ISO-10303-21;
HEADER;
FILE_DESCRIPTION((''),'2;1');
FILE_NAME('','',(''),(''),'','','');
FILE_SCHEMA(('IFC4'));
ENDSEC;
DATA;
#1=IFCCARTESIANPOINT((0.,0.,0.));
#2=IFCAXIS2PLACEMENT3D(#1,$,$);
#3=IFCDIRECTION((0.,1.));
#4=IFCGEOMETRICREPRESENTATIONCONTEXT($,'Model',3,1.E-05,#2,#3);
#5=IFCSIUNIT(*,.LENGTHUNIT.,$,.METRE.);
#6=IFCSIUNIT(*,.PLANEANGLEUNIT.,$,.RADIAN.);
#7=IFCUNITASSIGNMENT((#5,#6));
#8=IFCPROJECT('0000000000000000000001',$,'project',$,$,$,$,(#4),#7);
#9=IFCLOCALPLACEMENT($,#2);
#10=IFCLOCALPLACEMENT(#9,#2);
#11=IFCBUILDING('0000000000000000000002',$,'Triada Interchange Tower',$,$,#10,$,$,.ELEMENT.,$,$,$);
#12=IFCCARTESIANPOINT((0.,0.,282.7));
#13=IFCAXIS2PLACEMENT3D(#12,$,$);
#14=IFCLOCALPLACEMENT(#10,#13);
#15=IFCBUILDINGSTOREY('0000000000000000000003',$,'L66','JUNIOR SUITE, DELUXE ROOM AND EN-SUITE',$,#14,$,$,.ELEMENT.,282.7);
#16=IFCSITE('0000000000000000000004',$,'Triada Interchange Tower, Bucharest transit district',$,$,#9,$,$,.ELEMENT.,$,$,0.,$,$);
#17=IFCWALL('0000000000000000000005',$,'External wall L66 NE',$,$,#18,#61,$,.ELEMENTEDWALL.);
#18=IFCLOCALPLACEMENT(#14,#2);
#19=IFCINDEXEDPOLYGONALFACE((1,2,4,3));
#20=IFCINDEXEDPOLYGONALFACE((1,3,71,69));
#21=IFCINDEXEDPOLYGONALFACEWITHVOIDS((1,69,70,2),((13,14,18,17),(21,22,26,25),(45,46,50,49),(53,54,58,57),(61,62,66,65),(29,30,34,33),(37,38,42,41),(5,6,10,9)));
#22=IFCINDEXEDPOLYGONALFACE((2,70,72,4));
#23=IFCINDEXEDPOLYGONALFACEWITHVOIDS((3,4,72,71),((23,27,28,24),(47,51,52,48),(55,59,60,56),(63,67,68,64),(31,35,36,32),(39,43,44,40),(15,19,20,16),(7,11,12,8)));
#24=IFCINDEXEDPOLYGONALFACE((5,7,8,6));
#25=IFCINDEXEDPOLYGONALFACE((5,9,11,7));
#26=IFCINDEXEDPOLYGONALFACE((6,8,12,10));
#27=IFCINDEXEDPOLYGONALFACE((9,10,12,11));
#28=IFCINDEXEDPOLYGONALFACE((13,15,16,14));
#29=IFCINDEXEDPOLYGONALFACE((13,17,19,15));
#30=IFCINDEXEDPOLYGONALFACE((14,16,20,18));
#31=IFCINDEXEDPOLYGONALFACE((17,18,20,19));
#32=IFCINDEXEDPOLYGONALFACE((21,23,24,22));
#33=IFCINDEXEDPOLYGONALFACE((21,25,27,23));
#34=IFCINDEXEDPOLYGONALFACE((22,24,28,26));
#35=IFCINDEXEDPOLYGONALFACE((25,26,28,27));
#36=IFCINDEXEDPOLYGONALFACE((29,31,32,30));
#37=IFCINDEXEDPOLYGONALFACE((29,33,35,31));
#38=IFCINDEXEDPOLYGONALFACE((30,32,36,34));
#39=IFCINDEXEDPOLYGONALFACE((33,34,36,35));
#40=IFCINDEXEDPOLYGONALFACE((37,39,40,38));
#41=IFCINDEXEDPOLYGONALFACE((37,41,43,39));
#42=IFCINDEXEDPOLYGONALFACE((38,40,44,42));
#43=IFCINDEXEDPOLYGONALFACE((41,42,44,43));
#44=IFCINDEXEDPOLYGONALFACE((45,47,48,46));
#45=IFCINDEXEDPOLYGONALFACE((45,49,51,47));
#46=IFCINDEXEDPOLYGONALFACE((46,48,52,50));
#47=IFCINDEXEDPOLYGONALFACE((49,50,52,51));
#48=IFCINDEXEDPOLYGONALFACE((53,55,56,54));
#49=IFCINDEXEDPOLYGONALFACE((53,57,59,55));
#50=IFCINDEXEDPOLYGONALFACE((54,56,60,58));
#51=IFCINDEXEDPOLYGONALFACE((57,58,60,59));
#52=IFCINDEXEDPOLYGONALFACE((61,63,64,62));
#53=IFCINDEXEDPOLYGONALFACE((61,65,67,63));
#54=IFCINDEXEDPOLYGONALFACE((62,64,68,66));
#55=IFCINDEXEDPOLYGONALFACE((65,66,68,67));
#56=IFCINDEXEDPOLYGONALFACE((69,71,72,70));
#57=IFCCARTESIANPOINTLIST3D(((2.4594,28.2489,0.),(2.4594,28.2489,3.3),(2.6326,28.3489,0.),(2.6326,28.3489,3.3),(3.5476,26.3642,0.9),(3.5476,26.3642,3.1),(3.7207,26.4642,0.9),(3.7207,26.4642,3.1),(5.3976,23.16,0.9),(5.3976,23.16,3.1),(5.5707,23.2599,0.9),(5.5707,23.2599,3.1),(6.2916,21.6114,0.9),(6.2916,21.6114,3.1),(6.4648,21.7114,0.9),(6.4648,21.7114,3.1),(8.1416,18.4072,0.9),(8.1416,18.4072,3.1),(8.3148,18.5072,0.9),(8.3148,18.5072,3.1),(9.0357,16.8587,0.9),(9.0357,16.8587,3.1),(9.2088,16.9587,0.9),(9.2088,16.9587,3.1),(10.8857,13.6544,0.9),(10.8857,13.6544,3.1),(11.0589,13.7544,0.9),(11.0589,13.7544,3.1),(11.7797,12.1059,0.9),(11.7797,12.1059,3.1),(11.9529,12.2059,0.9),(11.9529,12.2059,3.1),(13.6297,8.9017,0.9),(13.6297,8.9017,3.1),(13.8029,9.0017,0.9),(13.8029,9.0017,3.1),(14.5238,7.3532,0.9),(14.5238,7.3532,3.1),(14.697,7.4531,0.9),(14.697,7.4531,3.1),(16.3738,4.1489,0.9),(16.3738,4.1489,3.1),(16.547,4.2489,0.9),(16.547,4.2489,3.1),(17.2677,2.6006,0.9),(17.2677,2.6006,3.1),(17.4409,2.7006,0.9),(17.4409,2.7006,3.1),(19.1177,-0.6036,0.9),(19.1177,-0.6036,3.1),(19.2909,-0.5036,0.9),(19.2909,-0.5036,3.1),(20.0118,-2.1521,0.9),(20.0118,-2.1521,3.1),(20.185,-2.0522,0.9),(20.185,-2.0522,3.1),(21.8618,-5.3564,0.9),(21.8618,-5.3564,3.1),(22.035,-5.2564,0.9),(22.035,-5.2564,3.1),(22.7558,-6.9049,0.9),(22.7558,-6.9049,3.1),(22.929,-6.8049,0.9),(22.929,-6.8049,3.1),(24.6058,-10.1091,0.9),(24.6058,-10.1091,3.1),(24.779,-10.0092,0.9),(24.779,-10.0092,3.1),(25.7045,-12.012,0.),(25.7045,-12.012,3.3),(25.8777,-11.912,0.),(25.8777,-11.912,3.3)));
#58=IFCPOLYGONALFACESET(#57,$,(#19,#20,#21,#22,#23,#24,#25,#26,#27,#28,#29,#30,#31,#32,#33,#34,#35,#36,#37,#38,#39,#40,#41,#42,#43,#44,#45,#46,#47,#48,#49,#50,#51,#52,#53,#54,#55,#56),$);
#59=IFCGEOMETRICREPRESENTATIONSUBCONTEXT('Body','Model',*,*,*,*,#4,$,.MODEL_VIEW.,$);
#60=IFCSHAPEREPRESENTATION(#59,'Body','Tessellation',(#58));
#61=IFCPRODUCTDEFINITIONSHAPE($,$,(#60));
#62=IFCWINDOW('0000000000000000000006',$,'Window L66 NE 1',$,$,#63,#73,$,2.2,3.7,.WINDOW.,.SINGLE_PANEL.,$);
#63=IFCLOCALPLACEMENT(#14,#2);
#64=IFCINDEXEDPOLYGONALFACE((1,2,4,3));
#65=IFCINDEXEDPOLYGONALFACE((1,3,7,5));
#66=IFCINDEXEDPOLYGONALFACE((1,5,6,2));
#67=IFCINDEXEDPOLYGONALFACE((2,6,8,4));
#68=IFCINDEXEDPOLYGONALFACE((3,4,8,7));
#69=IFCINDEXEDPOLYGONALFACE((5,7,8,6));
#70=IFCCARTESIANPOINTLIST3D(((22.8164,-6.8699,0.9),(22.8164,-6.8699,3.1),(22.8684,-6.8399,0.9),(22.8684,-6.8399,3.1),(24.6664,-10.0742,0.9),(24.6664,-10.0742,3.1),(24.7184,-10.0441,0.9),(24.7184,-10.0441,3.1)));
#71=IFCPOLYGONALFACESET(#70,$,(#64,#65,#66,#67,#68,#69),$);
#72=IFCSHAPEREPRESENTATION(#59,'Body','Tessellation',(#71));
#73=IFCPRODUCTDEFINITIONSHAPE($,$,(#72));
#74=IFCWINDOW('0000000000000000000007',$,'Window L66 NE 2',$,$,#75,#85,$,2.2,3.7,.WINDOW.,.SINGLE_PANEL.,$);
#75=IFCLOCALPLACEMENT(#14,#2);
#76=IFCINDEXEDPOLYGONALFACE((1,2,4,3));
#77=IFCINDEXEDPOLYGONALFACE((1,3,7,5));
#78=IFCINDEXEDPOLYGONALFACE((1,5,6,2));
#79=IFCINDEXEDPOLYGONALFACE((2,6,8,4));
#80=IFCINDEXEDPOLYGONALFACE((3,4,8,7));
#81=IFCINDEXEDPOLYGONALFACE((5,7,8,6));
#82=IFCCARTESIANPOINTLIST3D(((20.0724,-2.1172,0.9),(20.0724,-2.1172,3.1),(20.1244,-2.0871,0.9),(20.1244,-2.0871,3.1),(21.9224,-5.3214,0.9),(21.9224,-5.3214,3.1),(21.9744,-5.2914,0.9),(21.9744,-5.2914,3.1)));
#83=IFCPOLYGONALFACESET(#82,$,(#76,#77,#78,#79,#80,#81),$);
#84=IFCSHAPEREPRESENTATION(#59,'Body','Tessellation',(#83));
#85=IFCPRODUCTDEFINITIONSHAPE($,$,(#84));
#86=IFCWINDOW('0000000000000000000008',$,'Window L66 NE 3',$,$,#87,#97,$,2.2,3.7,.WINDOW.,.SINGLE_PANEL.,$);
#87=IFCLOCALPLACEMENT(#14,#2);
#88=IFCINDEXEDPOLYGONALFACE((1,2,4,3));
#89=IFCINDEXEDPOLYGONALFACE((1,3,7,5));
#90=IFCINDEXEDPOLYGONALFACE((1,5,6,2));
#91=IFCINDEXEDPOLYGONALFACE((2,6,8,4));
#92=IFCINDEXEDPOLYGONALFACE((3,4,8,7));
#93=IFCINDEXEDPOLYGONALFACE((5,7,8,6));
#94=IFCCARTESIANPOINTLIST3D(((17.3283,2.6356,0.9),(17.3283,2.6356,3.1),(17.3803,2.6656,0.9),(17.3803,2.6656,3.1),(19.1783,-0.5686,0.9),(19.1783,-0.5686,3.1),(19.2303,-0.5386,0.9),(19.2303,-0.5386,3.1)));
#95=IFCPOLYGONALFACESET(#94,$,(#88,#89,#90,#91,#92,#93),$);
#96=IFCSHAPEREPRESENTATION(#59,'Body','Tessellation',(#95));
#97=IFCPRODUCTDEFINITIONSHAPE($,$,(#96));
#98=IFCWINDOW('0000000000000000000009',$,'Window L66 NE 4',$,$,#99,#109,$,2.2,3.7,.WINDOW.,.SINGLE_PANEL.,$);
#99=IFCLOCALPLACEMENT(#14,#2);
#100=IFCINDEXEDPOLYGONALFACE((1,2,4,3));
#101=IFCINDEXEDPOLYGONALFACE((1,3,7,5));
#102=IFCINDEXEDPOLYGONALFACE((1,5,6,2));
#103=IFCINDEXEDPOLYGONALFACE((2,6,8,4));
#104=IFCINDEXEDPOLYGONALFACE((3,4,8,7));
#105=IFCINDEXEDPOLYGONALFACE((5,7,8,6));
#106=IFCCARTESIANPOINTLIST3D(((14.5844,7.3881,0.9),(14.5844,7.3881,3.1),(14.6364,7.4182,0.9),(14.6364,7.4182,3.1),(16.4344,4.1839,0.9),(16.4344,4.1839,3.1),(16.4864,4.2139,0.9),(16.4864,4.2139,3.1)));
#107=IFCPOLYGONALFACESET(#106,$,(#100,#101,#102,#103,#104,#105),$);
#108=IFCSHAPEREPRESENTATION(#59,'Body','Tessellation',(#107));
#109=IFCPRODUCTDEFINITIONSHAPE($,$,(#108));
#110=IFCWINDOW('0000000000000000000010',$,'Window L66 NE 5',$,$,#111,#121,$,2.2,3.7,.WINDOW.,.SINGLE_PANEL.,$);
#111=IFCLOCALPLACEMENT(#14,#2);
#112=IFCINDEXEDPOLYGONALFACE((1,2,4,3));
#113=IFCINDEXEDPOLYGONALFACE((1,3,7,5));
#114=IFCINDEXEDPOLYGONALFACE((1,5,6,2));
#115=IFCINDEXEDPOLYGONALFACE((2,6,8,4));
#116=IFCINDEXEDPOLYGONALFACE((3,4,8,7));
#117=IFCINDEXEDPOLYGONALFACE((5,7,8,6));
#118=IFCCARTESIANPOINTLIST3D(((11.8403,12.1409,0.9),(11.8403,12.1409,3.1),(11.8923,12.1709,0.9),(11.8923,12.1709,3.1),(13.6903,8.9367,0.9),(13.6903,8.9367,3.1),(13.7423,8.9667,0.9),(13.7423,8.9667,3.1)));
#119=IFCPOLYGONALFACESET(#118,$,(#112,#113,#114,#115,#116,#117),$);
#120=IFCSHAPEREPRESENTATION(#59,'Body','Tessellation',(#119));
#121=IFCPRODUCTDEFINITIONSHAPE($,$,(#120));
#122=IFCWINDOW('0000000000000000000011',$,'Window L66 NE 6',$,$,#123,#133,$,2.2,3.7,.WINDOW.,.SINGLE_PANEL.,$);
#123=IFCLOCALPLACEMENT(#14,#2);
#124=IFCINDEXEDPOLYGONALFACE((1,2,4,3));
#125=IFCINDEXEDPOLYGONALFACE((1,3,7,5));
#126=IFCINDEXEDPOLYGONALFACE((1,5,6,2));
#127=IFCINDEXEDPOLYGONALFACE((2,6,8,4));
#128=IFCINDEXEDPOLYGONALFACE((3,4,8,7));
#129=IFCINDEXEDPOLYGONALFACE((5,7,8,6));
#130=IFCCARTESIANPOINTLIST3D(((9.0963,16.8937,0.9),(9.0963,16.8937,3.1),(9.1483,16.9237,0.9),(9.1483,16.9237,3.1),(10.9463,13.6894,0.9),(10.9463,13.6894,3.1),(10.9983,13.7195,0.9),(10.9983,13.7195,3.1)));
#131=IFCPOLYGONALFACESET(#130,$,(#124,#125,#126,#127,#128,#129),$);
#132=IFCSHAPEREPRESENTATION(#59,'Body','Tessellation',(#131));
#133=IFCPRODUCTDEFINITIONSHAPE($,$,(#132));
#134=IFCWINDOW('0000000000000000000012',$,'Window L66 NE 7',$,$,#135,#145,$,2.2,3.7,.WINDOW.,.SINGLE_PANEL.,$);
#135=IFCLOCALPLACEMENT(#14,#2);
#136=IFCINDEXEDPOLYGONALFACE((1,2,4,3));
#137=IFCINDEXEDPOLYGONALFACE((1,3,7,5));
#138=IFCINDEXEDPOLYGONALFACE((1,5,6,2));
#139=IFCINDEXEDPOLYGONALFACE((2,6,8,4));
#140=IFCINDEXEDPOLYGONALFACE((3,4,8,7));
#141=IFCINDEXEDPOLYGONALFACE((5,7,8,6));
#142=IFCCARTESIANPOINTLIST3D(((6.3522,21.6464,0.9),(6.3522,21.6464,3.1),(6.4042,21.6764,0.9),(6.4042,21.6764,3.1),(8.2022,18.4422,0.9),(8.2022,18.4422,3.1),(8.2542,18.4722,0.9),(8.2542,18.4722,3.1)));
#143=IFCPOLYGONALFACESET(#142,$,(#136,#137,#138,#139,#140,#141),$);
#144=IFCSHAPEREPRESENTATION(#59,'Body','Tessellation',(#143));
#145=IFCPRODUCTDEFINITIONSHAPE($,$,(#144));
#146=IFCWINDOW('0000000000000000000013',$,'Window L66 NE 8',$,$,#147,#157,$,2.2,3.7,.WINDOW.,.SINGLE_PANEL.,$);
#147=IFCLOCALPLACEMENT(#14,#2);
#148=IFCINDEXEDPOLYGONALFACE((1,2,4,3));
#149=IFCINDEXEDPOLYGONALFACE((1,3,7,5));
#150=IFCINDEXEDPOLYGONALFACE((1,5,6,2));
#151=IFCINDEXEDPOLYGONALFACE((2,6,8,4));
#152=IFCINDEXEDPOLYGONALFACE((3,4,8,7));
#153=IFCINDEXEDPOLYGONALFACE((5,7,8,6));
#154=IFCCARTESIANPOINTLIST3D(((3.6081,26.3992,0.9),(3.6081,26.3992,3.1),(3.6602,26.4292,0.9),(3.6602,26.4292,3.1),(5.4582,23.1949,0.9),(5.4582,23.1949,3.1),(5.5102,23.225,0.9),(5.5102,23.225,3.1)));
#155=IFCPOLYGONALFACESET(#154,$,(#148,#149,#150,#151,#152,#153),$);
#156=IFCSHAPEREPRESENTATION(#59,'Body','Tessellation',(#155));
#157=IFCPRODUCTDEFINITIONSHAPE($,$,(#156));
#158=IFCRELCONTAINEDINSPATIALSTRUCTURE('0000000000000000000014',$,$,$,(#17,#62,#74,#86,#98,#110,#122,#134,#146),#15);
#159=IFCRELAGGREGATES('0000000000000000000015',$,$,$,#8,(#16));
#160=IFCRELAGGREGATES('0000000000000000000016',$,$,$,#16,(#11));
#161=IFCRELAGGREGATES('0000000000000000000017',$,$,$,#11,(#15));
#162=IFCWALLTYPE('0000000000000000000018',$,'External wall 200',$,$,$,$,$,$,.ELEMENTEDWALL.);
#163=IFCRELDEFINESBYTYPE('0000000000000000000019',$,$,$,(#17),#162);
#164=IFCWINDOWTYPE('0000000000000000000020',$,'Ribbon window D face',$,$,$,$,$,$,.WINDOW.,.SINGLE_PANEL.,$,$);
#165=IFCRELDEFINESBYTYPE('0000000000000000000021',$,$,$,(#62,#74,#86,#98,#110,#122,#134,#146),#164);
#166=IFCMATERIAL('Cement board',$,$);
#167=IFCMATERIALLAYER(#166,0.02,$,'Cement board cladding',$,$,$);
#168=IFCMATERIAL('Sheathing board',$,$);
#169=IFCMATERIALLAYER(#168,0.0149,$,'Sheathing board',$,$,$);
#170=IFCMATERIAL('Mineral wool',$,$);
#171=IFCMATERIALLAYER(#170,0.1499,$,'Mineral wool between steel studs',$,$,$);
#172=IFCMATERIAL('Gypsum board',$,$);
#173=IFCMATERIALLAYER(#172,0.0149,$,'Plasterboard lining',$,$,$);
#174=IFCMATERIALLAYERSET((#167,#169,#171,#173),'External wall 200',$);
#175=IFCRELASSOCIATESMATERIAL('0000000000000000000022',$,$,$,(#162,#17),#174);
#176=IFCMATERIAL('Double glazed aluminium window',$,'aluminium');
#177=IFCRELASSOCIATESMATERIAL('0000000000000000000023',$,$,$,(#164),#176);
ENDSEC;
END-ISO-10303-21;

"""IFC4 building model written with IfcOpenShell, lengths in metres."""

from ifc_helpers import new_model, si_unit, direction, frame, frame_2d, origin, place, context, subcontext, project, spatial, rectangle, extrude, material, layer, layer_set, layer_usage, type_object, element, fill, save


model = new_model("IFC4")

# Units and contexts
model_context = context("Model", 3, precision=1e-05, world=origin(), true_north=direction((0.0, 1.0)))
body_context = subcontext(model_context, "Body", "Model", "MODEL_VIEW")
ifc_project = project(units=[si_unit("LENGTHUNIT", "METRE"), si_unit("PLANEANGLEUNIT", "RADIAN")], contexts=[model_context])

# Site, building, storey
site_placement = place(None, origin())
site = spatial("IfcSite", under=ifc_project, at=site_placement, Name="Triada Interchange Tower, Bucharest transit district", CompositionType="ELEMENT", RefElevation=0.0)
building_placement = place(site_placement, origin())
building = spatial("IfcBuilding", under=site, at=building_placement, Name="Triada Interchange Tower", CompositionType="ELEMENT")
storey_placement = place(building_placement, frame((0.0, 0.0, 282.7)))
storey = spatial("IfcBuildingStorey", under=building, at=storey_placement, Name="L66", Description="JUNIOR SUITE, DELUXE ROOM AND EN-SUITE", CompositionType="ELEMENT", Elevation=282.7)

# Shared definitions
ifc_material_1 = material(Name="Cement board")
ifc_layer_1 = layer(ifc_material_1, 0.02, Name="Cement board cladding")
ifc_material_2 = material(Name="Sheathing board")
ifc_layer_2 = layer(ifc_material_2, 0.0149, Name="Sheathing board")
ifc_material_3 = material(Name="Mineral wool")
ifc_layer_3 = layer(ifc_material_3, 0.1499, Name="Mineral wool between steel studs")
ifc_material_4 = material(Name="Gypsum board")
ifc_layer_4 = layer(ifc_material_4, 0.0149, Name="Plasterboard lining")
ifc_layer_set_1 = layer_set([ifc_layer_1, ifc_layer_2, ifc_layer_3, ifc_layer_4], Name="External wall 200")
ifc_layer_usage = layer_usage(ifc_layer_set_1, "AXIS2", "POSITIVE", -0.1001)
wall_type_1 = type_object("IfcWallType", Name="External wall 200", PredefinedType="ELEMENTEDWALL", material=ifc_layer_set_1)
ifc_material_5 = material(Name="Double glazed aluminium window", Category="aluminium")

# Wall, openings, windows
wall_1_placement = place(storey_placement, frame((25.791, -11.9619, 0.0), z_axis=(0.0, 0.0, 1.0), x_axis=(-0.500007, 0.866021, 0.0)))
wall_1 = element("IfcWall", 1, at=wall_1_placement, inside=storey, type_object=wall_type_1, material=ifc_layer_usage, Name="External wall L66 NE", PredefinedType="ELEMENTEDWALL", context=body_context, shape_type="SweptSolid", body=[
    extrude(rectangle(XDim=46.4895, YDim=0.2, at=frame_2d((23.2446, 0.0))), origin(), (0.0, 0.0, 1.0), 3.3),
])
opening_1_placement = place(wall_1_placement, frame((2.197, 0.0, 0.8999)))
opening_1 = element("IfcOpeningElement", 2, at=opening_1_placement, cuts=wall_1, PredefinedType="OPENING", context=body_context, shape_type="SweptSolid", body=[
    extrude(rectangle(XDim=3.7, YDim=2.2, at=frame_2d((1.8501, 1.1001))), frame((0.0, 0.1099, 0.0), z_axis=(0.0, -1.0, 0.0), x_axis=(1.0, 0.0, 0.0)), (0.0, 0.0, 1.0), 0.22),
])
opening_2_placement = place(wall_1_placement, frame((7.6851, 0.0, 0.8999)))
opening_2 = element("IfcOpeningElement", 3, at=opening_2_placement, cuts=wall_1, PredefinedType="OPENING", context=body_context, shape_type="SweptSolid", body=[
    extrude(rectangle(XDim=3.7, YDim=2.2, at=frame_2d((1.8501, 1.1001))), frame((0.0, 0.1099, 0.0), z_axis=(0.0, -1.0, 0.0), x_axis=(1.0, 0.0, 0.0)), (0.0, 0.0, 1.0), 0.22),
])
opening_3_placement = place(wall_1_placement, frame((13.1731, 0.0, 0.8999)))
opening_3 = element("IfcOpeningElement", 4, at=opening_3_placement, cuts=wall_1, PredefinedType="OPENING", context=body_context, shape_type="SweptSolid", body=[
    extrude(rectangle(XDim=3.7, YDim=2.2, at=frame_2d((1.8501, 1.1001))), frame((0.0, 0.1099, 0.0), z_axis=(0.0, -1.0, 0.0), x_axis=(1.0, 0.0, 0.0)), (0.0, 0.0, 1.0), 0.22),
])
opening_4_placement = place(wall_1_placement, frame((18.6609, 0.0, 0.8999)))
opening_4 = element("IfcOpeningElement", 5, at=opening_4_placement, cuts=wall_1, PredefinedType="OPENING", context=body_context, shape_type="SweptSolid", body=[
    extrude(rectangle(XDim=3.7, YDim=2.2, at=frame_2d((1.8501, 1.1001))), frame((0.0, 0.1099, 0.0), z_axis=(0.0, -1.0, 0.0), x_axis=(1.0, 0.0, 0.0)), (0.0, 0.0, 1.0), 0.22),
])
opening_5_placement = place(wall_1_placement, frame((24.1489, 0.0, 0.8999)))
opening_5 = element("IfcOpeningElement", 6, at=opening_5_placement, cuts=wall_1, PredefinedType="OPENING", context=body_context, shape_type="SweptSolid", body=[
    extrude(rectangle(XDim=3.7, YDim=2.2, at=frame_2d((1.8501, 1.1001))), frame((0.0, 0.1099, 0.0), z_axis=(0.0, -1.0, 0.0), x_axis=(1.0, 0.0, 0.0)), (0.0, 0.0, 1.0), 0.22),
])
opening_6_placement = place(wall_1_placement, frame((29.637, 0.0, 0.8999)))
opening_6 = element("IfcOpeningElement", 7, at=opening_6_placement, cuts=wall_1, PredefinedType="OPENING", context=body_context, shape_type="SweptSolid", body=[
    extrude(rectangle(XDim=3.7, YDim=2.2, at=frame_2d((1.8501, 1.1001))), frame((0.0, 0.1099, 0.0), z_axis=(0.0, -1.0, 0.0), x_axis=(1.0, 0.0, 0.0)), (0.0, 0.0, 1.0), 0.22),
])
opening_7_placement = place(wall_1_placement, frame((35.125, 0.0, 0.8999)))
opening_7 = element("IfcOpeningElement", 8, at=opening_7_placement, cuts=wall_1, PredefinedType="OPENING", context=body_context, shape_type="SweptSolid", body=[
    extrude(rectangle(XDim=3.7, YDim=2.2, at=frame_2d((1.8501, 1.1001))), frame((0.0, 0.1099, 0.0), z_axis=(0.0, -1.0, 0.0), x_axis=(1.0, 0.0, 0.0)), (0.0, 0.0, 1.0), 0.22),
])
opening_8_placement = place(wall_1_placement, frame((40.613, 0.0, 0.8999)))
opening_8 = element("IfcOpeningElement", 9, at=opening_8_placement, cuts=wall_1, PredefinedType="OPENING", context=body_context, shape_type="SweptSolid", body=[
    extrude(rectangle(XDim=3.7, YDim=2.2, at=frame_2d((1.8501, 1.1001))), frame((0.0, 0.1099, 0.0), z_axis=(0.0, -1.0, 0.0), x_axis=(1.0, 0.0, 0.0)), (0.0, 0.0, 1.0), 0.22),
])
window_type_1 = type_object("IfcWindowType", Name="Ribbon window D face", PartitioningType="SINGLE_PANEL", PredefinedType="WINDOW", material=ifc_material_5)
window_1_placement = place(opening_1_placement, origin())
window_1 = element("IfcWindow", 10, at=window_1_placement, inside=storey, type_object=window_type_1, Name="Window L66 NE 1", OverallHeight=2.2, OverallWidth=3.7, PartitioningType="SINGLE_PANEL", PredefinedType="WINDOW", context=body_context, shape_type="SweptSolid", body=[
    extrude(rectangle(XDim=3.7, YDim=2.2, at=frame_2d((1.8501, 1.1001))), frame((0.0, 0.03, 0.0), z_axis=(0.0, -1.0, 0.0), x_axis=(1.0, 0.0, 0.0)), (0.0, 0.0, 1.0), 0.0601),
])
fill(opening_1, window_1)
window_2_placement = place(opening_2_placement, origin())
window_2 = element("IfcWindow", 11, at=window_2_placement, inside=storey, type_object=window_type_1, Name="Window L66 NE 2", OverallHeight=2.2, OverallWidth=3.7, PartitioningType="SINGLE_PANEL", PredefinedType="WINDOW", context=body_context, shape_type="SweptSolid", body=[
    extrude(rectangle(XDim=3.7, YDim=2.2, at=frame_2d((1.8501, 1.1001))), frame((0.0, 0.03, 0.0), z_axis=(0.0, -1.0, 0.0), x_axis=(1.0, 0.0, 0.0)), (0.0, 0.0, 1.0), 0.0601),
])
fill(opening_2, window_2)
window_3_placement = place(opening_3_placement, origin())
window_3 = element("IfcWindow", 12, at=window_3_placement, inside=storey, type_object=window_type_1, Name="Window L66 NE 3", OverallHeight=2.2, OverallWidth=3.7, PartitioningType="SINGLE_PANEL", PredefinedType="WINDOW", context=body_context, shape_type="SweptSolid", body=[
    extrude(rectangle(XDim=3.7, YDim=2.2, at=frame_2d((1.8501, 1.1001))), frame((0.0, 0.03, 0.0), z_axis=(0.0, -1.0, 0.0), x_axis=(1.0, 0.0, 0.0)), (0.0, 0.0, 1.0), 0.0601),
])
fill(opening_3, window_3)
window_4_placement = place(opening_4_placement, origin())
window_4 = element("IfcWindow", 13, at=window_4_placement, inside=storey, type_object=window_type_1, Name="Window L66 NE 4", OverallHeight=2.2, OverallWidth=3.7, PartitioningType="SINGLE_PANEL", PredefinedType="WINDOW", context=body_context, shape_type="SweptSolid", body=[
    extrude(rectangle(XDim=3.7, YDim=2.2, at=frame_2d((1.8501, 1.1001))), frame((0.0, 0.03, 0.0), z_axis=(0.0, -1.0, 0.0), x_axis=(1.0, 0.0, 0.0)), (0.0, 0.0, 1.0), 0.0601),
])
fill(opening_4, window_4)
window_5_placement = place(opening_5_placement, origin())
window_5 = element("IfcWindow", 14, at=window_5_placement, inside=storey, type_object=window_type_1, Name="Window L66 NE 5", OverallHeight=2.2, OverallWidth=3.7, PartitioningType="SINGLE_PANEL", PredefinedType="WINDOW", context=body_context, shape_type="SweptSolid", body=[
    extrude(rectangle(XDim=3.7, YDim=2.2, at=frame_2d((1.8501, 1.1001))), frame((0.0, 0.03, 0.0), z_axis=(0.0, -1.0, 0.0), x_axis=(1.0, 0.0, 0.0)), (0.0, 0.0, 1.0), 0.0601),
])
fill(opening_5, window_5)
window_6_placement = place(opening_6_placement, origin())
window_6 = element("IfcWindow", 15, at=window_6_placement, inside=storey, type_object=window_type_1, Name="Window L66 NE 6", OverallHeight=2.2, OverallWidth=3.7, PartitioningType="SINGLE_PANEL", PredefinedType="WINDOW", context=body_context, shape_type="SweptSolid", body=[
    extrude(rectangle(XDim=3.7, YDim=2.2, at=frame_2d((1.8501, 1.1001))), frame((0.0, 0.03, 0.0), z_axis=(0.0, -1.0, 0.0), x_axis=(1.0, 0.0, 0.0)), (0.0, 0.0, 1.0), 0.0601),
])
fill(opening_6, window_6)
window_7_placement = place(opening_7_placement, origin())
window_7 = element("IfcWindow", 16, at=window_7_placement, inside=storey, type_object=window_type_1, Name="Window L66 NE 7", OverallHeight=2.2, OverallWidth=3.7, PartitioningType="SINGLE_PANEL", PredefinedType="WINDOW", context=body_context, shape_type="SweptSolid", body=[
    extrude(rectangle(XDim=3.7, YDim=2.2, at=frame_2d((1.8501, 1.1001))), frame((0.0, 0.03, 0.0), z_axis=(0.0, -1.0, 0.0), x_axis=(1.0, 0.0, 0.0)), (0.0, 0.0, 1.0), 0.0601),
])
fill(opening_7, window_7)
window_8_placement = place(opening_8_placement, origin())
window_8 = element("IfcWindow", 17, at=window_8_placement, inside=storey, type_object=window_type_1, Name="Window L66 NE 8", OverallHeight=2.2, OverallWidth=3.7, PartitioningType="SINGLE_PANEL", PredefinedType="WINDOW", context=body_context, shape_type="SweptSolid", body=[
    extrude(rectangle(XDim=3.7, YDim=2.2, at=frame_2d((1.8501, 1.1001))), frame((0.0, 0.03, 0.0), z_axis=(0.0, -1.0, 0.0), x_axis=(1.0, 0.0, 0.0)), (0.0, 0.0, 1.0), 0.0601),
])
fill(opening_8, window_8)

save(model, "model.ifc")
